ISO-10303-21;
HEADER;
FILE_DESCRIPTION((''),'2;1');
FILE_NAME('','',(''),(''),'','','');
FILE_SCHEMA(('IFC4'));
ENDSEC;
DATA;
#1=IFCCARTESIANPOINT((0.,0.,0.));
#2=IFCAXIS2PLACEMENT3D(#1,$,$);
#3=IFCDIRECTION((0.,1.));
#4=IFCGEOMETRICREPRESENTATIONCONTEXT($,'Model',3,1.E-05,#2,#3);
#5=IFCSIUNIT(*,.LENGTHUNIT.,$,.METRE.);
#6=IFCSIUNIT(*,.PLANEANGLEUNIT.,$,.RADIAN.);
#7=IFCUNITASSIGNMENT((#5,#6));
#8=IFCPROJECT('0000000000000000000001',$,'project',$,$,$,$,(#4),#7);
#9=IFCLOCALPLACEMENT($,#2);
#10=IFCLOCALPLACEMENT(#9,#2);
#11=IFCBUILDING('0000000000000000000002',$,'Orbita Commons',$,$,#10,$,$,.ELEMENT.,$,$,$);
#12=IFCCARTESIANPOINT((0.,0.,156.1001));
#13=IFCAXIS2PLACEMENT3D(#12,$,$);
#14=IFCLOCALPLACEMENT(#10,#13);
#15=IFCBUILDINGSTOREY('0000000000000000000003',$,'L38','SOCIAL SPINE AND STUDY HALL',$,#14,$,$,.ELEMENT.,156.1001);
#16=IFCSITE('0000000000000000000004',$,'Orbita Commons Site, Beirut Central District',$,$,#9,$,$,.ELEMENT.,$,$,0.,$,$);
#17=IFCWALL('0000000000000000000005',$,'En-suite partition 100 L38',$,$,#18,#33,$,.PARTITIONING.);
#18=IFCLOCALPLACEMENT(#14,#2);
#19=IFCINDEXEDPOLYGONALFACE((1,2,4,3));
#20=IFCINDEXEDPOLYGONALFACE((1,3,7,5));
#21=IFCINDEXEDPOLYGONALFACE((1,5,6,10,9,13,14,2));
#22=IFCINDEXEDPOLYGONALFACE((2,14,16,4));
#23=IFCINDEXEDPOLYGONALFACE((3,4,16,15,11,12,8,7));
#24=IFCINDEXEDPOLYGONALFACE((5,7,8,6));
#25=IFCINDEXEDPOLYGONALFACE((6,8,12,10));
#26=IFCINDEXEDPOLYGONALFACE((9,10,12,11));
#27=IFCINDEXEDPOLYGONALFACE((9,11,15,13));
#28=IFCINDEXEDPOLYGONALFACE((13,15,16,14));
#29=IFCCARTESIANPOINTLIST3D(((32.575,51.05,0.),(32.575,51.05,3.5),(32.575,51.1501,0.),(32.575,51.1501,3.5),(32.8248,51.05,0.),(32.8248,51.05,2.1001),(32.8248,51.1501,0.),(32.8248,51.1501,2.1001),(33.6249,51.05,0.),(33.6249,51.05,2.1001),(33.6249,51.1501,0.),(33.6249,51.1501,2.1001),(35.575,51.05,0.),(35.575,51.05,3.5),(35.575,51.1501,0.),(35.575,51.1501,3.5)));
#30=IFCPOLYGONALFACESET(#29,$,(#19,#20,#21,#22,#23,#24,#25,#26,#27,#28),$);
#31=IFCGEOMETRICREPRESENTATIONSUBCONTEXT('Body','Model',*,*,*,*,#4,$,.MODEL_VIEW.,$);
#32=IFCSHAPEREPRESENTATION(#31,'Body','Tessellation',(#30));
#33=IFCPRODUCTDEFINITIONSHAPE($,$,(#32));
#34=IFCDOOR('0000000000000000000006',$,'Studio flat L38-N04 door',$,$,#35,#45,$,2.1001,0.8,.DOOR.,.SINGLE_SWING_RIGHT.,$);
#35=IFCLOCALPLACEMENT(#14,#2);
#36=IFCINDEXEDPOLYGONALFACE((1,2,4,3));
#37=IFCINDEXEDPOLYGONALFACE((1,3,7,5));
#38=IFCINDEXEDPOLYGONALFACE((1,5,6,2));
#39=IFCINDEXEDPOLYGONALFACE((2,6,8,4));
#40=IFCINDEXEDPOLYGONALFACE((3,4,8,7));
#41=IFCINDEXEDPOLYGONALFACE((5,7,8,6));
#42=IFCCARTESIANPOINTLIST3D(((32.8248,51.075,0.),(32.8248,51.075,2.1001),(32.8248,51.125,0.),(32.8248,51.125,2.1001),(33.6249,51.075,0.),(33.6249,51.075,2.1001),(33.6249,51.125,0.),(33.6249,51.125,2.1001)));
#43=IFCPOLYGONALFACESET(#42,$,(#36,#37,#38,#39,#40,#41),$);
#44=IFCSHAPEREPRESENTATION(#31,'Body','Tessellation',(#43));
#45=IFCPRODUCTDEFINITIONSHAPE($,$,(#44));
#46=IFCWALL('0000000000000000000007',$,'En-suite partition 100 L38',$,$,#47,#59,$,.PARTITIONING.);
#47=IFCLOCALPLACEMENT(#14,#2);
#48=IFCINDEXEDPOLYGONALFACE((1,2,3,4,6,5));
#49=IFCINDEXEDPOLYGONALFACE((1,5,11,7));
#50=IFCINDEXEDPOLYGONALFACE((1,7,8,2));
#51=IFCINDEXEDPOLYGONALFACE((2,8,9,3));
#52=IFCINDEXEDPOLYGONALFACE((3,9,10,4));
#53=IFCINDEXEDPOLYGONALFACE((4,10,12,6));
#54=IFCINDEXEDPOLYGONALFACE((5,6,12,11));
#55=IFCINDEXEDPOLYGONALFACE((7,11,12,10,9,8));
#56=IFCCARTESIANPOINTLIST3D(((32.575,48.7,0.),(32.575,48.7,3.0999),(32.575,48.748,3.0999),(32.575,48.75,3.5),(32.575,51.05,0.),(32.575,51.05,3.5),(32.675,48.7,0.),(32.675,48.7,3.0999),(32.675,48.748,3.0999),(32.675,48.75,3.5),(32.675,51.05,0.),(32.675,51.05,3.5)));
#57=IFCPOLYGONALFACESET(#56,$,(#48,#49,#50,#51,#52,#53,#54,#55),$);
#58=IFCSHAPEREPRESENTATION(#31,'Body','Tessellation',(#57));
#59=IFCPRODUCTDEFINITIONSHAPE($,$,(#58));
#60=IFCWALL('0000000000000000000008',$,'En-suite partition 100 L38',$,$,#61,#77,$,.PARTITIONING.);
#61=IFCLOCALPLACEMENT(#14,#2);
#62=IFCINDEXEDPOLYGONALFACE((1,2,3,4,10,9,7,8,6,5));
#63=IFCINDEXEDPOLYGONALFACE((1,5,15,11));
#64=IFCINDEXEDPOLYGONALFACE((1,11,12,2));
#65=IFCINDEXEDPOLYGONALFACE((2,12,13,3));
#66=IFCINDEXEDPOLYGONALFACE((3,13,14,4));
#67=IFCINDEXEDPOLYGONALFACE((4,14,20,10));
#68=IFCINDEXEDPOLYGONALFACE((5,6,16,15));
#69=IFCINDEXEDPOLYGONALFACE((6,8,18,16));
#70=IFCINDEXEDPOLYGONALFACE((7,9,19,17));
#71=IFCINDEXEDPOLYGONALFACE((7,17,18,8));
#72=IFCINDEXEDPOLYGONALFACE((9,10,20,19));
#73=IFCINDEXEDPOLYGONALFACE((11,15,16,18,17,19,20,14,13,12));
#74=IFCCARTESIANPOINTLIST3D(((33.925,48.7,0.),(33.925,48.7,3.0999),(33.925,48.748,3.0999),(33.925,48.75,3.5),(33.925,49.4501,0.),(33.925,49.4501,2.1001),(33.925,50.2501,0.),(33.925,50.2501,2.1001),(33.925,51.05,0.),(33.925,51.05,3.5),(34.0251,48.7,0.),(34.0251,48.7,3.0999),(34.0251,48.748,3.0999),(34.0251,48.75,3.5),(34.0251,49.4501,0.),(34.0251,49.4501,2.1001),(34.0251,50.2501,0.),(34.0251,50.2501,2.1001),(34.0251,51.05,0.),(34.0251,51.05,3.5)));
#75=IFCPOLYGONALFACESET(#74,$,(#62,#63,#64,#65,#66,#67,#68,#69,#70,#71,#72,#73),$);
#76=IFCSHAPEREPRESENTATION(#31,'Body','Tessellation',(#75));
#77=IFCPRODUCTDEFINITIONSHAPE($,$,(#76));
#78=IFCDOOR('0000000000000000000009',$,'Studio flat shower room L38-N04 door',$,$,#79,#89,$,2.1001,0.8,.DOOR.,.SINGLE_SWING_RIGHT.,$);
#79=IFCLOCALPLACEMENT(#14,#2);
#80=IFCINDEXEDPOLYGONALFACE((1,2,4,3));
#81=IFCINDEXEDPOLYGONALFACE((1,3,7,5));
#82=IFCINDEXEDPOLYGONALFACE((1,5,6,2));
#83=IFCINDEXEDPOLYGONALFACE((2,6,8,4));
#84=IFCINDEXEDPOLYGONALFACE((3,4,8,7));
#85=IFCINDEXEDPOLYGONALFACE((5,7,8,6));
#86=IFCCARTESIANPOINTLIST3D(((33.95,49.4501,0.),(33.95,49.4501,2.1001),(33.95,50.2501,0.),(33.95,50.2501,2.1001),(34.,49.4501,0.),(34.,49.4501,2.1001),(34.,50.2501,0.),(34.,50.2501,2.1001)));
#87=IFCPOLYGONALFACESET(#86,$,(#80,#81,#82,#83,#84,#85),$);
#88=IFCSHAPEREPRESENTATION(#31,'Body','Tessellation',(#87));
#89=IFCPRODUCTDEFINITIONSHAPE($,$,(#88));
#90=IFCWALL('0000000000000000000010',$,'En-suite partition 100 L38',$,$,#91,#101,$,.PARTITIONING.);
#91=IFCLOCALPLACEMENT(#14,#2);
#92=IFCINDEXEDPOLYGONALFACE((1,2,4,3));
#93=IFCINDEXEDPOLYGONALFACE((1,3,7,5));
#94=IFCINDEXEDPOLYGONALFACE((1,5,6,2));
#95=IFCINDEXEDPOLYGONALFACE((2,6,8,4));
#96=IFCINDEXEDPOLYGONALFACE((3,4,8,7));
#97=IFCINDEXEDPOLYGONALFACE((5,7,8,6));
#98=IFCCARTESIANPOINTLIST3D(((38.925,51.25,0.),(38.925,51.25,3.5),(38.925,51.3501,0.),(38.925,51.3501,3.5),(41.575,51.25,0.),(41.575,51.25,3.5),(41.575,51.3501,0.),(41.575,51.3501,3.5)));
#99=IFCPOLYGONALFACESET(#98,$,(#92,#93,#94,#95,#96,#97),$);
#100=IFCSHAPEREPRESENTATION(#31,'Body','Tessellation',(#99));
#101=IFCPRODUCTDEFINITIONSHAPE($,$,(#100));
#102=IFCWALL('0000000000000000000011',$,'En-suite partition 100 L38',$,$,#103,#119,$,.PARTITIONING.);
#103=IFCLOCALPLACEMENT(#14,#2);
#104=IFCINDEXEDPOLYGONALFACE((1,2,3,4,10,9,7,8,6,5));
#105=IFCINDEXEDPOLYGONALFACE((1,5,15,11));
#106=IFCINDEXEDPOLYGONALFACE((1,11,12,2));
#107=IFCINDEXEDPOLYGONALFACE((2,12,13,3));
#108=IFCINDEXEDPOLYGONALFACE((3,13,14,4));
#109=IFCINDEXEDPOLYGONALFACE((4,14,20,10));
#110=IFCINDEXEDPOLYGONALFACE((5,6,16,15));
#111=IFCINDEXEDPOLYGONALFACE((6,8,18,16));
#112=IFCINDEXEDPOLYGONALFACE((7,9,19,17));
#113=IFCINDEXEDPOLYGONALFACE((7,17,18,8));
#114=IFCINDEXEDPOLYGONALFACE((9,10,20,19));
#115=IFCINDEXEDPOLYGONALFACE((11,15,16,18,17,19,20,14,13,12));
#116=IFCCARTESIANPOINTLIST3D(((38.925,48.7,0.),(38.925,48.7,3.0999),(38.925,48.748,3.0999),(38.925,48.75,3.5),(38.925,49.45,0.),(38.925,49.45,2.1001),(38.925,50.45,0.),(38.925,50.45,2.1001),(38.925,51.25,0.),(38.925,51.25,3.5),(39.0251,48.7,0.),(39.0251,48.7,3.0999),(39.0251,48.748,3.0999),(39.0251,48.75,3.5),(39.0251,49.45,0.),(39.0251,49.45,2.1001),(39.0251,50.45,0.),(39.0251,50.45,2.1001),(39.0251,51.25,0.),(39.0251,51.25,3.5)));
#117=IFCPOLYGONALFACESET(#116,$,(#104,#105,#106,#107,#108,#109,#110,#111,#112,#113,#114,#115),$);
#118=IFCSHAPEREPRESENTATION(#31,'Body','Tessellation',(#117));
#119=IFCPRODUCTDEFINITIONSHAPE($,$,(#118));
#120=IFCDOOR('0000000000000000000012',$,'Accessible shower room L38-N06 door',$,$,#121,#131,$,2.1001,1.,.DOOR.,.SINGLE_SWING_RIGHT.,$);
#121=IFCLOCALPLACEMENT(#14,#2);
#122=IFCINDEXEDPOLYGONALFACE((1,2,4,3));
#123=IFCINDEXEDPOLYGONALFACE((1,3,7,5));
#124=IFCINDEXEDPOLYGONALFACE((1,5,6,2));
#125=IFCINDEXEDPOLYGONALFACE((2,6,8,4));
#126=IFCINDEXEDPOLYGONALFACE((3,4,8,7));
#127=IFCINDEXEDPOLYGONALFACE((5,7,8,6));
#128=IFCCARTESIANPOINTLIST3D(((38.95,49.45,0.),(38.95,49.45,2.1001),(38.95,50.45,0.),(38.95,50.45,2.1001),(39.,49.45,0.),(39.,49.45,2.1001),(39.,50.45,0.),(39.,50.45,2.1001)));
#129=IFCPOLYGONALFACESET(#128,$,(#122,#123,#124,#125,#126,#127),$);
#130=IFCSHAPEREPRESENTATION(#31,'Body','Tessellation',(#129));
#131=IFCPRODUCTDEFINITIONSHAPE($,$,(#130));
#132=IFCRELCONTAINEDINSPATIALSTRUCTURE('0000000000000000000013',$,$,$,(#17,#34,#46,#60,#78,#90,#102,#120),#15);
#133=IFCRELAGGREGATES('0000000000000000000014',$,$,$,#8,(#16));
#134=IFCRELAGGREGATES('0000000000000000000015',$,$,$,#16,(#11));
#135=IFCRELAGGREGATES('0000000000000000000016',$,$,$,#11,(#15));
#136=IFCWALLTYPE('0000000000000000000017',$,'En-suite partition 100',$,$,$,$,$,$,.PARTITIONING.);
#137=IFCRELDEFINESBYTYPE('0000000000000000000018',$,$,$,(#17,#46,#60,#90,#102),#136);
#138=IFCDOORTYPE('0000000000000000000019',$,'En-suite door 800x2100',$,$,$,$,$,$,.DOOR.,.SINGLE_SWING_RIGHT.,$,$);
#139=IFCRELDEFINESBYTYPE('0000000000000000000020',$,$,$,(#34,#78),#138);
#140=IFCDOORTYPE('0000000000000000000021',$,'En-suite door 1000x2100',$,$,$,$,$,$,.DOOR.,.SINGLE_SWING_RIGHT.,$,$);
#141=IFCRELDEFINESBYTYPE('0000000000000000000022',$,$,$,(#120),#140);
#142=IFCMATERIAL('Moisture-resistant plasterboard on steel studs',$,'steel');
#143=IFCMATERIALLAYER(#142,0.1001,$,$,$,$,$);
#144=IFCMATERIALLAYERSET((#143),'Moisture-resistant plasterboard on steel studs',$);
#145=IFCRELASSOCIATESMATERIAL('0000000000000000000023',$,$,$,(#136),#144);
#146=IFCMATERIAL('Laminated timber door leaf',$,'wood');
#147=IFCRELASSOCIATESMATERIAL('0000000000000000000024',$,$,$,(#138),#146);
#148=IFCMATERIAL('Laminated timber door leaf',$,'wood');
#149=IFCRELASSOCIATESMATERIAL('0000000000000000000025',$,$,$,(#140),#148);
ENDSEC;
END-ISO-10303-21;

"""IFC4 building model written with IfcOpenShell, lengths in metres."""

from ifc_helpers import new_model, si_unit, direction, frame, frame_2d, origin, place, context, subcontext, project, spatial, polyline, rectangle, outline, extrude, material, layer, layer_set, type_object, element, fill, save


model = new_model("IFC4")

# Units and contexts
model_context = context("Model", 3, precision=1e-05, world=origin(), true_north=direction((0.0, 1.0)))
body_context = subcontext(model_context, "Body", "Model", "MODEL_VIEW")
ifc_project = project(units=[si_unit("LENGTHUNIT", "METRE"), si_unit("PLANEANGLEUNIT", "RADIAN")], contexts=[model_context])

# Site, building, storey
site_placement = place(None, origin())
site = spatial("IfcSite", under=ifc_project, at=site_placement, Name="Orbita Commons Site, Beirut Central District", CompositionType="ELEMENT", RefElevation=0.0)
building_placement = place(site_placement, origin())
building = spatial("IfcBuilding", under=site, at=building_placement, Name="Orbita Commons", CompositionType="ELEMENT")
storey_placement = place(building_placement, frame((0.0, 0.0, 156.1001)))
storey = spatial("IfcBuildingStorey", under=building, at=storey_placement, Name="L38", Description="SOCIAL SPINE AND STUDY HALL", CompositionType="ELEMENT", Elevation=156.1001)

# Shared definitions
ifc_material_1 = material(Name="Moisture-resistant plasterboard on steel studs", Category="steel")
ifc_layer_1 = layer(ifc_material_1, 0.1001)
ifc_layer_set_1 = layer_set([ifc_layer_1], Name="Moisture-resistant plasterboard on steel studs")
wall_type_1 = type_object("IfcWallType", Name="En-suite partition 100", PredefinedType="PARTITIONING", material=ifc_layer_set_1)

# Wall, opening, door
wall_1_placement = place(storey_placement, frame((32.575, 51.1001, 0.0), z_axis=(0.0, 0.0, 1.0), x_axis=(1.0, 0.0, 0.0)))
wall_1 = element("IfcWall", 1, at=wall_1_placement, inside=storey, type_object=wall_type_1, Name="En-suite partition 100 L38", PredefinedType="PARTITIONING", context=body_context, shape_type="SweptSolid", body=[
    extrude(rectangle(XDim=3.0, YDim=0.1001, at=frame_2d((1.5, 0.0))), origin(), (0.0, 0.0, 1.0), 3.5),
])
opening_1_placement = place(wall_1_placement, frame((0.25, 0.0, 0.0)))
opening_1 = element("IfcOpeningElement", 2, at=opening_1_placement, cuts=wall_1, PredefinedType="OPENING", context=body_context, shape_type="SweptSolid", body=[
    extrude(rectangle(XDim=0.8, YDim=2.1001, at=frame_2d((0.3999, 1.05))), frame((0.0, 0.0601, 0.0), z_axis=(0.0, -1.0, 0.0), x_axis=(1.0, 0.0, 0.0)), (0.0, 0.0, 1.0), 0.1201),
])
ifc_material_2 = material(Name="Laminated timber door leaf", Category="wood")
door_type_1 = type_object("IfcDoorType", Name="En-suite door 800x2100", OperationType="SINGLE_SWING_RIGHT", PredefinedType="DOOR", material=ifc_material_2)
door_1_placement = place(opening_1_placement, origin())
door_1 = element("IfcDoor", 3, at=door_1_placement, inside=storey, type_object=door_type_1, Name="Studio flat L38-N04 door", OperationType="SINGLE_SWING_RIGHT", OverallHeight=2.1001, OverallWidth=0.8, PredefinedType="DOOR", context=body_context, shape_type="SweptSolid", body=[
    extrude(rectangle(XDim=0.8, YDim=2.1001, at=frame_2d((0.3999, 1.05))), frame((0.0, 0.0249, 0.0), z_axis=(0.0, -1.0, 0.0), x_axis=(1.0, 0.0, 0.0)), (0.0, 0.0, 1.0), 0.05),
])
fill(opening_1, door_1)

# Wall
wall_2_placement = place(storey_placement, frame((32.625, 51.05, 0.0), z_axis=(0.0, 0.0, 1.0), x_axis=(0.0, -1.0, 0.0)))
element("IfcWall", 4, at=wall_2_placement, inside=storey, type_object=wall_type_1, Name="En-suite partition 100 L38", PredefinedType="PARTITIONING", context=body_context, shape_type="SweptSolid", body=[
    extrude(outline(polyline([(0.0, 0.0), (2.3501, 0.0), (2.3501, 3.0999), (2.302, 3.0999), (2.3, 3.5), (0.0, 3.5), (0.0, 0.0)])), frame((0.0, 0.05, 0.0), z_axis=(0.0, -1.0, 0.0), x_axis=(1.0, 0.0, 0.0)), (0.0, 0.0, 1.0), 0.1001),
])

# Wall, opening, door
wall_3_placement = place(storey_placement, frame((33.9751, 51.05, 0.0), z_axis=(0.0, 0.0, 1.0), x_axis=(0.0, -1.0, 0.0)))
wall_3 = element("IfcWall", 5, at=wall_3_placement, inside=storey, type_object=wall_type_1, Name="En-suite partition 100 L38", PredefinedType="PARTITIONING", context=body_context, shape_type="SweptSolid", body=[
    extrude(outline(polyline([(0.0, 0.0), (2.3501, 0.0), (2.3501, 3.0999), (2.302, 3.0999), (2.3, 3.5), (0.0, 3.5), (0.0, 0.0)])), frame((0.0, 0.05, 0.0), z_axis=(0.0, -1.0, 0.0), x_axis=(1.0, 0.0, 0.0)), (0.0, 0.0, 1.0), 0.1001),
])
opening_2_placement = place(wall_3_placement, frame((0.8, 0.0, 0.0)))
opening_2 = element("IfcOpeningElement", 6, at=opening_2_placement, cuts=wall_3, PredefinedType="OPENING", context=body_context, shape_type="SweptSolid", body=[
    extrude(rectangle(XDim=0.8, YDim=2.1001, at=frame_2d((0.3999, 1.05))), frame((0.0, 0.0601, 0.0), z_axis=(0.0, -1.0, 0.0), x_axis=(1.0, 0.0, 0.0)), (0.0, 0.0, 1.0), 0.1201),
])
door_2_placement = place(opening_2_placement, origin())
door_2 = element("IfcDoor", 7, at=door_2_placement, inside=storey, type_object=door_type_1, Name="Studio flat shower room L38-N04 door", OperationType="SINGLE_SWING_RIGHT", OverallHeight=2.1001, OverallWidth=0.8, PredefinedType="DOOR", context=body_context, shape_type="SweptSolid", body=[
    extrude(rectangle(XDim=0.8, YDim=2.1001, at=frame_2d((0.3999, 1.05))), frame((0.0, 0.0249, 0.0), z_axis=(0.0, -1.0, 0.0), x_axis=(1.0, 0.0, 0.0)), (0.0, 0.0, 1.0), 0.05),
])
fill(opening_2, door_2)

# Wall
wall_4_placement = place(storey_placement, frame((38.925, 51.3, 0.0), z_axis=(0.0, 0.0, 1.0), x_axis=(1.0, 0.0, 0.0)))
element("IfcWall", 8, at=wall_4_placement, inside=storey, type_object=wall_type_1, Name="En-suite partition 100 L38", PredefinedType="PARTITIONING", context=body_context, shape_type="SweptSolid", body=[
    extrude(rectangle(XDim=2.6499, YDim=0.1001, at=frame_2d((1.325, 0.0))), origin(), (0.0, 0.0, 1.0), 3.5),
])

# Wall, opening, door
wall_5_placement = place(storey_placement, frame((38.9751, 51.25, 0.0), z_axis=(0.0, 0.0, 1.0), x_axis=(0.0, -1.0, 0.0)))
wall_5 = element("IfcWall", 9, at=wall_5_placement, inside=storey, type_object=wall_type_1, Name="En-suite partition 100 L38", PredefinedType="PARTITIONING", context=body_context, shape_type="SweptSolid", body=[
    extrude(outline(polyline([(0.0, 0.0), (2.55, 0.0), (2.55, 3.0999), (2.502, 3.0999), (2.5, 3.5), (0.0, 3.5), (0.0, 0.0)])), frame((0.0, 0.05, 0.0), z_axis=(0.0, -1.0, 0.0), x_axis=(1.0, 0.0, 0.0)), (0.0, 0.0, 1.0), 0.1001),
])
opening_3_placement = place(wall_5_placement, frame((0.8, 0.0, 0.0)))
opening_3 = element("IfcOpeningElement", 10, at=opening_3_placement, cuts=wall_5, PredefinedType="OPENING", context=body_context, shape_type="SweptSolid", body=[
    extrude(rectangle(XDim=1.0, YDim=2.1001, at=frame_2d((0.5, 1.05))), frame((0.0, 0.0601, 0.0), z_axis=(0.0, -1.0, 0.0), x_axis=(1.0, 0.0, 0.0)), (0.0, 0.0, 1.0), 0.1201),
])
ifc_material_3 = material(Name="Laminated timber door leaf", Category="wood")
door_type_2 = type_object("IfcDoorType", Name="En-suite door 1000x2100", OperationType="SINGLE_SWING_RIGHT", PredefinedType="DOOR", material=ifc_material_3)
door_3_placement = place(opening_3_placement, origin())
door_3 = element("IfcDoor", 11, at=door_3_placement, inside=storey, type_object=door_type_2, Name="Accessible shower room L38-N06 door", OperationType="SINGLE_SWING_RIGHT", OverallHeight=2.1001, OverallWidth=1.0, PredefinedType="DOOR", context=body_context, shape_type="SweptSolid", body=[
    extrude(rectangle(XDim=1.0, YDim=2.1001, at=frame_2d((0.5, 1.05))), frame((0.0, 0.0249, 0.0), z_axis=(0.0, -1.0, 0.0), x_axis=(1.0, 0.0, 0.0)), (0.0, 0.0, 1.0), 0.05),
])
fill(opening_3, door_3)

save(model, "model.ifc")
